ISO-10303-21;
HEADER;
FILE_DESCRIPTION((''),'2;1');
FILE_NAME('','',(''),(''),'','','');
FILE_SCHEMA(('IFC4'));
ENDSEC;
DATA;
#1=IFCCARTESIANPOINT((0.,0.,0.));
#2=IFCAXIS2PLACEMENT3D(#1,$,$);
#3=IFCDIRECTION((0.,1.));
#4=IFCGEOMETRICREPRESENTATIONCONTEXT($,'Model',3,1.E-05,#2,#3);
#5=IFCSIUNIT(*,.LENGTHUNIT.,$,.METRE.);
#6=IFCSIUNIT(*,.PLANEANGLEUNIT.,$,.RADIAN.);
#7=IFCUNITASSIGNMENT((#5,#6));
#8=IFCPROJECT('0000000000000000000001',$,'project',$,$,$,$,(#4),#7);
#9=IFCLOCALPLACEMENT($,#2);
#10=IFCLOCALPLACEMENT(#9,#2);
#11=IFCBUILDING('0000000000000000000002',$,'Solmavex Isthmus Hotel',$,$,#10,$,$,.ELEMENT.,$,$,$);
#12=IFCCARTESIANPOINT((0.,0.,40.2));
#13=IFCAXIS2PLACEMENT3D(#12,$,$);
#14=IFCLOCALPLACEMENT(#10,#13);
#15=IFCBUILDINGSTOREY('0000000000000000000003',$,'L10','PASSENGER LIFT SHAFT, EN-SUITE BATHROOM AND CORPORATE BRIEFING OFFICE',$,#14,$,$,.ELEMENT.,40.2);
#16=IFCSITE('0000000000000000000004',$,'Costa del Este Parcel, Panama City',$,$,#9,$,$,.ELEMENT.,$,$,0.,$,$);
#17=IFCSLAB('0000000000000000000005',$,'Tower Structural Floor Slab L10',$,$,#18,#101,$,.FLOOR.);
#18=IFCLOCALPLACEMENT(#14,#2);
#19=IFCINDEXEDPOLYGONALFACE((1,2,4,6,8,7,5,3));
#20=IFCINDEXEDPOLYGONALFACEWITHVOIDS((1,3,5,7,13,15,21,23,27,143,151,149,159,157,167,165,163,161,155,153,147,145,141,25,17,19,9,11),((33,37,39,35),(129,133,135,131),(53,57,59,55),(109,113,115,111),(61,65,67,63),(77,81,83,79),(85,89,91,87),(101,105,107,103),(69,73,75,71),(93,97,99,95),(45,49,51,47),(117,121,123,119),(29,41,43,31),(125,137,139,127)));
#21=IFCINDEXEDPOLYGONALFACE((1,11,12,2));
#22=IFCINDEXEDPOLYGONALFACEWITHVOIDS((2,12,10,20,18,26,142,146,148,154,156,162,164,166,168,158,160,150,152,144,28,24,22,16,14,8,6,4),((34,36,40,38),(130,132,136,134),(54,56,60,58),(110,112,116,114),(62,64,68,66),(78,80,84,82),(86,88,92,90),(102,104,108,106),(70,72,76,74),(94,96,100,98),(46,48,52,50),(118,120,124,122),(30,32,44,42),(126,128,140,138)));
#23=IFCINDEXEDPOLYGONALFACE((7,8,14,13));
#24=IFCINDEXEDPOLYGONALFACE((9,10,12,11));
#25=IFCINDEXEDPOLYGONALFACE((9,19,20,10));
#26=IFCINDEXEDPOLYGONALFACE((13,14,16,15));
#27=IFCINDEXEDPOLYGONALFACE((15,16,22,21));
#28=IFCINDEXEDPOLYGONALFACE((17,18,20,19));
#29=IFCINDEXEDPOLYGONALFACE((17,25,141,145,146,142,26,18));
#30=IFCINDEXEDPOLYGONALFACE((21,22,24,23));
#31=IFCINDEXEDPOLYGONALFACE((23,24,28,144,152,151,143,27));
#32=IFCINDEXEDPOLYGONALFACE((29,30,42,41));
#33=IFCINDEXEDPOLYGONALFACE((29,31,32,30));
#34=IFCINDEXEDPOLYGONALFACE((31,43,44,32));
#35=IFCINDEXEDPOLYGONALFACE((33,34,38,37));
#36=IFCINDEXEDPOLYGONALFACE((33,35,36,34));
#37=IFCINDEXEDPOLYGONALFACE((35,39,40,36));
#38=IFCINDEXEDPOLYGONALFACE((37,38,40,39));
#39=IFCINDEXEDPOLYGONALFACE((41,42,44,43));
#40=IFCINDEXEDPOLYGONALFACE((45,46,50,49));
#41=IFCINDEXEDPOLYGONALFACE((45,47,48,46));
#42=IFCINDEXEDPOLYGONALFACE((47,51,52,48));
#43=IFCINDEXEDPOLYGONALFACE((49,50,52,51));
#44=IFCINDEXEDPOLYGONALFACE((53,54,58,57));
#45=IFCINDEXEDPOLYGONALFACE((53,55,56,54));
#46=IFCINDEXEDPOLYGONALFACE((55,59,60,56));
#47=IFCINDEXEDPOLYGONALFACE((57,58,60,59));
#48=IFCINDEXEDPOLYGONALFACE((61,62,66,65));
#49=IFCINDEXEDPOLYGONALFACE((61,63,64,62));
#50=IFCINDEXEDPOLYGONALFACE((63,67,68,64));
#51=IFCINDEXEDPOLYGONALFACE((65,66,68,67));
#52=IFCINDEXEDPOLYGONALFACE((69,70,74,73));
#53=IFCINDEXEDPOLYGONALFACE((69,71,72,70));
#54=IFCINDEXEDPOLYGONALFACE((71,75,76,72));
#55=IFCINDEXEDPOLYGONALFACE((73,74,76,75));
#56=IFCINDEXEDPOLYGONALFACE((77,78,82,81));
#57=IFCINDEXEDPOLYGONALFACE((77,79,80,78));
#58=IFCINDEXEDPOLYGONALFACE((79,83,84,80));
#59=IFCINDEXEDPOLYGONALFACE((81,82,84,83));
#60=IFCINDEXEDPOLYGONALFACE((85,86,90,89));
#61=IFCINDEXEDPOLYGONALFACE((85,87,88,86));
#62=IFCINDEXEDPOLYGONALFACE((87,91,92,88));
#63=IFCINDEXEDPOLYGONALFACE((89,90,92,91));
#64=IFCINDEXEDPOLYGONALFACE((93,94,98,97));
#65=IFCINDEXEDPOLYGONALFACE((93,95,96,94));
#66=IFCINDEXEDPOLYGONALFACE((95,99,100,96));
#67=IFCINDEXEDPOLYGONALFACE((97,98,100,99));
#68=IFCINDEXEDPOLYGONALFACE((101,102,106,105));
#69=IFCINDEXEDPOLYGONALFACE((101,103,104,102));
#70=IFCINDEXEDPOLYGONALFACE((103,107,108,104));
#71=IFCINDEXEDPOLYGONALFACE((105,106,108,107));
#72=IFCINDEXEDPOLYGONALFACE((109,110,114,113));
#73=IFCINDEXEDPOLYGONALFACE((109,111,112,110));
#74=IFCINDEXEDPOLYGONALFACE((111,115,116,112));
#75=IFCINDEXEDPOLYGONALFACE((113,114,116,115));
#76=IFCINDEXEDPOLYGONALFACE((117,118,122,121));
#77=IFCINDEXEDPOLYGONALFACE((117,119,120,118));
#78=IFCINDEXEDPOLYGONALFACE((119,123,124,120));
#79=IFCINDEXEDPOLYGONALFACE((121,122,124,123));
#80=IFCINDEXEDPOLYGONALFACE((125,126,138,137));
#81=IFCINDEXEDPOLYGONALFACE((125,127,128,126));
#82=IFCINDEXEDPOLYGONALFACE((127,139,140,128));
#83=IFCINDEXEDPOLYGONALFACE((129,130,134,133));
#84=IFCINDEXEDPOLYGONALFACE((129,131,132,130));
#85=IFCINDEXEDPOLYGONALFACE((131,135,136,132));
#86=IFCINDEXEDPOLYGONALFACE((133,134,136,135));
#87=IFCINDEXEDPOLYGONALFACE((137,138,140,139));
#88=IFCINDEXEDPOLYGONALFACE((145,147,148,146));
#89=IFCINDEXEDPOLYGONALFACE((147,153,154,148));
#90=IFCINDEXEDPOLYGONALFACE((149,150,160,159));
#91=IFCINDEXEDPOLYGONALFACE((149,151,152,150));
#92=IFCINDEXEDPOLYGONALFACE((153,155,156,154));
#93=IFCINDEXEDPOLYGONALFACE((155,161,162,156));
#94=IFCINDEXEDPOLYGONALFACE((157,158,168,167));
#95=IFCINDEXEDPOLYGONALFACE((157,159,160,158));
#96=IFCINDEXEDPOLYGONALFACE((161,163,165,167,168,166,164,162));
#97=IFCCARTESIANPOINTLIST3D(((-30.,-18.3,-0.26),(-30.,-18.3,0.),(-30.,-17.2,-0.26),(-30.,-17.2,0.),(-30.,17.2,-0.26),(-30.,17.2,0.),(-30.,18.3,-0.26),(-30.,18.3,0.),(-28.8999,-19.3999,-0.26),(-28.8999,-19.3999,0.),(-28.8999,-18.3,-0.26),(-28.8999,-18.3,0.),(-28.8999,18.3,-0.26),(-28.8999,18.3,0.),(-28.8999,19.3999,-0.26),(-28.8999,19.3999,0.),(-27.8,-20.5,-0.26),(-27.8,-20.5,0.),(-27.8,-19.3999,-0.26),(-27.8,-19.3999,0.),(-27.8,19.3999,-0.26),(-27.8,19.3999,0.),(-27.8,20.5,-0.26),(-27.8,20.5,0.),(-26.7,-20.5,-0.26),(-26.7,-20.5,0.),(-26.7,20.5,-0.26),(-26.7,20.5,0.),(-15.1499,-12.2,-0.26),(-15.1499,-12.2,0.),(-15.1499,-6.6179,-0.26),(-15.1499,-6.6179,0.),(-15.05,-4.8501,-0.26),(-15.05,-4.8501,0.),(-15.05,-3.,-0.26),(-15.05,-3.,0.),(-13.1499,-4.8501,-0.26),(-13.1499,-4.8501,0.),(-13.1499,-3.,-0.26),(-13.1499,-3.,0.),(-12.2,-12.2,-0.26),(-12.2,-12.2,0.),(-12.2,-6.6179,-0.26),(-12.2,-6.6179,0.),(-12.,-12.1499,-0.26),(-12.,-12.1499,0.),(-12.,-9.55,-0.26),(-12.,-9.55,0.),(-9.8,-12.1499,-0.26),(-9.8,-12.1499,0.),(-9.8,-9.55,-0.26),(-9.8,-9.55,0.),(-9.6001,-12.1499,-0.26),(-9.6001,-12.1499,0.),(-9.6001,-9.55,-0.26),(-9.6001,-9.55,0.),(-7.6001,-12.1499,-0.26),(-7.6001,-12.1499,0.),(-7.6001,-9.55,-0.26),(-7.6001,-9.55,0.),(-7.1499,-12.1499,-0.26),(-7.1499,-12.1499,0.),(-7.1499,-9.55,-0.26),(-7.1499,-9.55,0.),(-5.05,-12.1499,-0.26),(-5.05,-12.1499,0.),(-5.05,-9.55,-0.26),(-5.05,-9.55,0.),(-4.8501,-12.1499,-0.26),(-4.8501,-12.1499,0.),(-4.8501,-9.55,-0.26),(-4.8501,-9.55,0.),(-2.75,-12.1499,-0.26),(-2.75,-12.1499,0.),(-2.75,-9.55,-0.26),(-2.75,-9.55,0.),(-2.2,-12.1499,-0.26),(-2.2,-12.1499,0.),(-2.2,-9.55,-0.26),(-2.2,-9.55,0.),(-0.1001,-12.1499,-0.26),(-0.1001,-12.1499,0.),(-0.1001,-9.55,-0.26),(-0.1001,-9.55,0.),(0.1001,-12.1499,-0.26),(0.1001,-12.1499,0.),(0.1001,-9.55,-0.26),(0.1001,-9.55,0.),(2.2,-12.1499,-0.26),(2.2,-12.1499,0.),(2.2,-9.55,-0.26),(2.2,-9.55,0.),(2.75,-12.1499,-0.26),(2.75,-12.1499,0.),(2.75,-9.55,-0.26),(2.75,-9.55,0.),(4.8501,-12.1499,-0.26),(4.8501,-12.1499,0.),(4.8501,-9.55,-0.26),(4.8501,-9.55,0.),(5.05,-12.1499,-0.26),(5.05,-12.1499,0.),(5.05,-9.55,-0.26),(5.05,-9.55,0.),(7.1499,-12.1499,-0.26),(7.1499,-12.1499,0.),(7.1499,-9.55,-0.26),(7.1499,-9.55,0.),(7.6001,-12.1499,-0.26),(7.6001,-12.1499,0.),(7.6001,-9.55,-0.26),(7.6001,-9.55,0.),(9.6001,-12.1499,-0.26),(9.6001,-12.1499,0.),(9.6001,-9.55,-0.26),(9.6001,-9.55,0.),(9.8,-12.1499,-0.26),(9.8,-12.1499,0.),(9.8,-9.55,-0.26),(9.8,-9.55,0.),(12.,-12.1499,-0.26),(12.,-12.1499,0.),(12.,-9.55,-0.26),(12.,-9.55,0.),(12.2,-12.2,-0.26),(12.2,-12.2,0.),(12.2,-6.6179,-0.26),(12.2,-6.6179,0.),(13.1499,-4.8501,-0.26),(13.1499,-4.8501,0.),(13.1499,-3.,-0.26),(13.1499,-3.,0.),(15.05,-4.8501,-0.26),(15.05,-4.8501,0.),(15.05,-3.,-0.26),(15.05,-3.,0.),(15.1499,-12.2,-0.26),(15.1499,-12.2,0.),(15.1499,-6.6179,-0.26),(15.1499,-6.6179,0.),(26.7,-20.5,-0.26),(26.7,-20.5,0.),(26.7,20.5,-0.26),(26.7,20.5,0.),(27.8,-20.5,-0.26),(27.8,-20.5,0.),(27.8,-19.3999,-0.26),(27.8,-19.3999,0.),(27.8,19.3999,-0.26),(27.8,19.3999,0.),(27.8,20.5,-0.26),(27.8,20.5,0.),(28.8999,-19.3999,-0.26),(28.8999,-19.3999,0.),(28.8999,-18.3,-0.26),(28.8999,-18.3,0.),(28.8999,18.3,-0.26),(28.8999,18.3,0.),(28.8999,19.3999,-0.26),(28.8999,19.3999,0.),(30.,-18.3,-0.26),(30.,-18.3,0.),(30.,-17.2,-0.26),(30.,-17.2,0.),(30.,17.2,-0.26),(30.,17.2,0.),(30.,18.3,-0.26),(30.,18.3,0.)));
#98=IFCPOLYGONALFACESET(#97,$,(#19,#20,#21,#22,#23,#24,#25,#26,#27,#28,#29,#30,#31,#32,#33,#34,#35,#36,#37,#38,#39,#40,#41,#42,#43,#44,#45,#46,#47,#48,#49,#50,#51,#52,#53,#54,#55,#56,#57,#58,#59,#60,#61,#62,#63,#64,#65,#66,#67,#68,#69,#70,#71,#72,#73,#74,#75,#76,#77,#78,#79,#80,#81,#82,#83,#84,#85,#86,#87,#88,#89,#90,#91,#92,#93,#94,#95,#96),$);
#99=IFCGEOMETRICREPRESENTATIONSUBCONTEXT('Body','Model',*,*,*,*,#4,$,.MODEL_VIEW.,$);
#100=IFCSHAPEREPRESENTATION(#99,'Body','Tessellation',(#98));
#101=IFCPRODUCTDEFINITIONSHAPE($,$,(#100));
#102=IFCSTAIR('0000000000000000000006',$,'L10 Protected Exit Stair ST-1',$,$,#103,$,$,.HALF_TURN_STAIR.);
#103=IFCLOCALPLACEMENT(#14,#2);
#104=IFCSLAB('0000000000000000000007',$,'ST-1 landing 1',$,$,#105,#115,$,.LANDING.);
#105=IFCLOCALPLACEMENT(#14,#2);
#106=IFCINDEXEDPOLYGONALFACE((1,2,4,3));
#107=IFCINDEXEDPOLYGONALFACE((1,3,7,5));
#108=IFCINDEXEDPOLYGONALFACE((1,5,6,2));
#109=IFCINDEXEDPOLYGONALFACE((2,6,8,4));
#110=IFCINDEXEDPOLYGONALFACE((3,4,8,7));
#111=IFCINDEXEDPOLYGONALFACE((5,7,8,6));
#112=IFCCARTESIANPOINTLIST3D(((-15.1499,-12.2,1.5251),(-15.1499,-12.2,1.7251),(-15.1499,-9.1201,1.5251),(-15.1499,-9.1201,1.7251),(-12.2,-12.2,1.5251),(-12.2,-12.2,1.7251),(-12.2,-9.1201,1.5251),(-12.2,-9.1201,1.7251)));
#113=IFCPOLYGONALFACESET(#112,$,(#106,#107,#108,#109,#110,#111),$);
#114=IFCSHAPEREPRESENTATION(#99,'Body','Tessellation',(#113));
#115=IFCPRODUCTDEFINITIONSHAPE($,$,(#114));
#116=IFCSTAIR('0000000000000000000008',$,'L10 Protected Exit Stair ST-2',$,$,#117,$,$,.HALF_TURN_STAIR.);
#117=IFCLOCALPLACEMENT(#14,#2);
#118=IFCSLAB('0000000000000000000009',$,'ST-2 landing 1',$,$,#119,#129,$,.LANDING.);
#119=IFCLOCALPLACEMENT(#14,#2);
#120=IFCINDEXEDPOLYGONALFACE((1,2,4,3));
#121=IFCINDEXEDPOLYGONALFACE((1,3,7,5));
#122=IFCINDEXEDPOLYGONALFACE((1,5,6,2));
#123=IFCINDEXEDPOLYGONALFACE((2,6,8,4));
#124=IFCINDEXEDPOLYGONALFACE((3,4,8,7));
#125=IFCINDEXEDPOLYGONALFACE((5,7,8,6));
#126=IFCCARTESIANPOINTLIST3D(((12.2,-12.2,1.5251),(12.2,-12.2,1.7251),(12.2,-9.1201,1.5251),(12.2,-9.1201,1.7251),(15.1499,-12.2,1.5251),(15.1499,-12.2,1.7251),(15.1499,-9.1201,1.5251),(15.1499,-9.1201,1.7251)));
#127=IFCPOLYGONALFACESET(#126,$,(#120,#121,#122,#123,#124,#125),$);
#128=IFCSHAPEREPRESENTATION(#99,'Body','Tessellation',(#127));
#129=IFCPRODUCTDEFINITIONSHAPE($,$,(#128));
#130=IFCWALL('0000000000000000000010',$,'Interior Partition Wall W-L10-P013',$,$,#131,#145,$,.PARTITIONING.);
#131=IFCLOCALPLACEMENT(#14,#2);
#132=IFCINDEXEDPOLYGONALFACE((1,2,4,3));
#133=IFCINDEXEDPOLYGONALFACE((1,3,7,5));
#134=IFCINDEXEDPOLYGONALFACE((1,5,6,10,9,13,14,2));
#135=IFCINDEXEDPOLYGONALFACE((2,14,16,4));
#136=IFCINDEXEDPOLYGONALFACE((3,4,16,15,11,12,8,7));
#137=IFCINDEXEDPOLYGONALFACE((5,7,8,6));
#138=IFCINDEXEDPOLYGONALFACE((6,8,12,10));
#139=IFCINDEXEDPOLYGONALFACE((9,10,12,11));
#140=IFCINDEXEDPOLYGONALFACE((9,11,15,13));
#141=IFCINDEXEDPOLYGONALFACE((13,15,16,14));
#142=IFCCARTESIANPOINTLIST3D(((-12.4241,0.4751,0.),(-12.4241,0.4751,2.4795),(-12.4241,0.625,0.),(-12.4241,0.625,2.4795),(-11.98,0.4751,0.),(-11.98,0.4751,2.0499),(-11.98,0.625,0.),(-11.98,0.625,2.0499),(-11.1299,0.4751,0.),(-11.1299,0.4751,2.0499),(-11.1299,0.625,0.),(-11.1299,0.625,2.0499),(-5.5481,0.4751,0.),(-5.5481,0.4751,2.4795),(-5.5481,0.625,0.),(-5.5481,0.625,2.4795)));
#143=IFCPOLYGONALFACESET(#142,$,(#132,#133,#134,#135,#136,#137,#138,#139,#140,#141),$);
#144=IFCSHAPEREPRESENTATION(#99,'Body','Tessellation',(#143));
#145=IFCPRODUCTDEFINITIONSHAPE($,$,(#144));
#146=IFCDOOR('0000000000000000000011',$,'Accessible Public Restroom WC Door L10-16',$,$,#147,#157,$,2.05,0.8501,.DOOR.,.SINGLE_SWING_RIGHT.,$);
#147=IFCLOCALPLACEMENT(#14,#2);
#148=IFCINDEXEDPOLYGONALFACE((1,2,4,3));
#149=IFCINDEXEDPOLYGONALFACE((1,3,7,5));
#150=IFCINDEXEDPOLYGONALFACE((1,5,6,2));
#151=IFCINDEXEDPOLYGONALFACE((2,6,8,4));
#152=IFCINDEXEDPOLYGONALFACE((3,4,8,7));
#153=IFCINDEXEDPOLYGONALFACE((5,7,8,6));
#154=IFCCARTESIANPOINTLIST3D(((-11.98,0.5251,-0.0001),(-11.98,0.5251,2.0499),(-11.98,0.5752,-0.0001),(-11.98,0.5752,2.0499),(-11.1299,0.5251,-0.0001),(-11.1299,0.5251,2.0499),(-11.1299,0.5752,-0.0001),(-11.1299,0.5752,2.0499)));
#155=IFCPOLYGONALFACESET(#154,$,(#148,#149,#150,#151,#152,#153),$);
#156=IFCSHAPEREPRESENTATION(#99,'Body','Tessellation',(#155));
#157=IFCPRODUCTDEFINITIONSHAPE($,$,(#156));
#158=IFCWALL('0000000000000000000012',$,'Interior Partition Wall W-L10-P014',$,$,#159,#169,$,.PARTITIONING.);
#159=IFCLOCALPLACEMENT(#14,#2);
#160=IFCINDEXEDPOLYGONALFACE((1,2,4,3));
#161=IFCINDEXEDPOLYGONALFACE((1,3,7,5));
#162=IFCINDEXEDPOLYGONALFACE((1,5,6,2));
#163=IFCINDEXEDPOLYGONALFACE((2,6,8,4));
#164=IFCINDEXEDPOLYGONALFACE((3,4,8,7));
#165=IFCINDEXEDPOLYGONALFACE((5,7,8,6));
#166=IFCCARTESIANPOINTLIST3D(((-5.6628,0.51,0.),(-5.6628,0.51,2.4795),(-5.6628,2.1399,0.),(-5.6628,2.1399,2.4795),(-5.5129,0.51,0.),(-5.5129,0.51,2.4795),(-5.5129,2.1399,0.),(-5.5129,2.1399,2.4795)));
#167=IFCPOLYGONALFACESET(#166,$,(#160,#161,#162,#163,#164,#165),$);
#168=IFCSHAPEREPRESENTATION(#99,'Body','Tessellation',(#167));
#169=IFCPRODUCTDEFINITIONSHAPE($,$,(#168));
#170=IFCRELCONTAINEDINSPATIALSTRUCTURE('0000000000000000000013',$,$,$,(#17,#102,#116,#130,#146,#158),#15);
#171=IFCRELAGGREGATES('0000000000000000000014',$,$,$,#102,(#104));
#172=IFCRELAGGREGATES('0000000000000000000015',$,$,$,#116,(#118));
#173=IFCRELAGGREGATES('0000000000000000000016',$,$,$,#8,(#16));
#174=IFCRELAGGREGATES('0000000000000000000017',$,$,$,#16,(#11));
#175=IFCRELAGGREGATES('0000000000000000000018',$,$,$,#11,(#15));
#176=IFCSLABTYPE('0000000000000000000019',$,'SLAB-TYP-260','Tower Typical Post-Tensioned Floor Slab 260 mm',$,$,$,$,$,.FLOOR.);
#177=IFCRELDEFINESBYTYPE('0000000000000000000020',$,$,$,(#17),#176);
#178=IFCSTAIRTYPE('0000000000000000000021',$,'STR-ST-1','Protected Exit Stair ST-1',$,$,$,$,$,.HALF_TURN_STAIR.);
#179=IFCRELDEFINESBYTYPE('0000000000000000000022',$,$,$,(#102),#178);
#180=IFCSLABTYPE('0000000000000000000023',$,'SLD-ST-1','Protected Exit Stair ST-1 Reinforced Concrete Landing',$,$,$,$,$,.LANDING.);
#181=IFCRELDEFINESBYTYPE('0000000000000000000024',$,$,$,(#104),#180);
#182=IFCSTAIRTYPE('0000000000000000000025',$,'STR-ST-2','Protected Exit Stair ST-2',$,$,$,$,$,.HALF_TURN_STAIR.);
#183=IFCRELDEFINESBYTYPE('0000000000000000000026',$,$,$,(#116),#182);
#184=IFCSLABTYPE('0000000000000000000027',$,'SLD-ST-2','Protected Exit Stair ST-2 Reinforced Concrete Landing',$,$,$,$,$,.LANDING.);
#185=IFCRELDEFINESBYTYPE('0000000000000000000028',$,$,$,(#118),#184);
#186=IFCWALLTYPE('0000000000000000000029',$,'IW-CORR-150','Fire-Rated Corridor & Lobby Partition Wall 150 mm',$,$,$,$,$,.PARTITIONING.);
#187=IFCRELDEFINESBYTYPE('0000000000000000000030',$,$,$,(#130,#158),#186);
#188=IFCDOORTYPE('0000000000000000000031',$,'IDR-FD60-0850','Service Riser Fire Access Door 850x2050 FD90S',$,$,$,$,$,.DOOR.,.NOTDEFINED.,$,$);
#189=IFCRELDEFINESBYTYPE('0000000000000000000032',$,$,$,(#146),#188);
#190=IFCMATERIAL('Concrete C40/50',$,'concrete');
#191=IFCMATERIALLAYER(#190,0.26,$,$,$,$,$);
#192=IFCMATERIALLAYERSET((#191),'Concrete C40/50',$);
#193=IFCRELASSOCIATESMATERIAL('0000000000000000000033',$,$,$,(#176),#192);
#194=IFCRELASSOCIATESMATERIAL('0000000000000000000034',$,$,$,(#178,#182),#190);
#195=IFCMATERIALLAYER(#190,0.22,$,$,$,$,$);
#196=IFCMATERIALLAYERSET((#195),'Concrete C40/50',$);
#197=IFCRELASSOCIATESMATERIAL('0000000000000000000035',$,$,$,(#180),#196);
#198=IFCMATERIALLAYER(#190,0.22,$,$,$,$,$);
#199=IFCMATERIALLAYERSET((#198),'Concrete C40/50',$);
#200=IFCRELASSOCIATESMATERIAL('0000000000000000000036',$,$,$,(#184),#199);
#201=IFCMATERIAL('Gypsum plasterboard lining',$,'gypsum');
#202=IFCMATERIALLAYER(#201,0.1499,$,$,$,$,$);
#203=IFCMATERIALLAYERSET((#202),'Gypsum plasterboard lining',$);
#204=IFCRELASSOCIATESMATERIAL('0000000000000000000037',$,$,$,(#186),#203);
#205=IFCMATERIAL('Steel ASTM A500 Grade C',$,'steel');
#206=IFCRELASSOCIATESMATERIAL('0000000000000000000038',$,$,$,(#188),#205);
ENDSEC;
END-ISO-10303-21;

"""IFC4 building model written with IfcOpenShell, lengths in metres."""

from ifc_helpers import new_model, si_unit, direction, frame, frame_2d, origin, place, context, subcontext, project, spatial, polyline, rectangle, outline, extrude, material, layer, layer_set, type_object, element, fill, aggregate, save


model = new_model("IFC4")

# Units and contexts
model_context = context("Model", 3, precision=1e-05, world=origin(), true_north=direction((0.0, 1.0)))
body_context = subcontext(model_context, "Body", "Model", "MODEL_VIEW")
ifc_project = project(units=[si_unit("LENGTHUNIT", "METRE"), si_unit("PLANEANGLEUNIT", "RADIAN")], contexts=[model_context])

# Site, building, storey
site_placement = place(None, origin())
site = spatial("IfcSite", under=ifc_project, at=site_placement, Name="Costa del Este Parcel, Panama City", CompositionType="ELEMENT", RefElevation=0.0)
building_placement = place(site_placement, origin())
building = spatial("IfcBuilding", under=site, at=building_placement, Name="Solmavex Isthmus Hotel", CompositionType="ELEMENT")
storey_placement = place(building_placement, frame((0.0, 0.0, 40.2)))
storey = spatial("IfcBuildingStorey", under=building, at=storey_placement, Name="L10", Description="PASSENGER LIFT SHAFT, EN-SUITE BATHROOM AND CORPORATE BRIEFING OFFICE", CompositionType="ELEMENT", Elevation=40.2)

# Slab
ifc_material_1 = material(Name="Concrete C40/50", Category="concrete")
ifc_layer_1 = layer(ifc_material_1, 0.26)
ifc_layer_set_1 = layer_set([ifc_layer_1], Name="Concrete C40/50")
slab_type_1 = type_object("IfcSlabType", Name="SLAB-TYP-260", Description="Tower Typical Post-Tensioned Floor Slab 260 mm", PredefinedType="FLOOR", material=ifc_layer_set_1)
slab_1_placement = place(storey_placement, frame((0.0, 0.0, -0.26)))
element("IfcSlab", 1, at=slab_1_placement, inside=storey, type_object=slab_type_1, Name="Tower Structural Floor Slab L10", PredefinedType="FLOOR", context=body_context, shape_type="SweptSolid", body=[
    extrude(outline(polyline([(-26.7, -20.5), (26.7, -20.5), (27.8, -20.5), (27.8, -19.3999), (28.8999, -19.3999), (28.8999, -18.3), (30.0, -18.3), (30.0, -17.2), (30.0, 17.2), (30.0, 18.3), (28.8999, 18.3), (28.8999, 19.3999), (27.8, 19.3999), (27.8, 20.5), (26.7, 20.5), (-26.7, 20.5), (-27.8, 20.5), (-27.8, 19.3999), (-28.8999, 19.3999), (-28.8999, 18.3), (-30.0, 18.3), (-30.0, 17.2), (-30.0, -17.2), (-30.0, -18.3), (-28.8999, -18.3), (-28.8999, -19.3999), (-27.8, -19.3999), (-27.8, -20.5), (-26.7, -20.5)]), holes=[polyline([(-15.1499, -6.6179), (-15.1499, -12.2), (-12.2, -12.2), (-12.2, -6.6179), (-15.1499, -6.6179)]), polyline([(12.2, -6.6179), (12.2, -12.2), (15.1499, -12.2), (15.1499, -6.6179), (12.2, -6.6179)]), polyline([(-12.0, -12.1499), (-9.8, -12.1499), (-9.8, -9.55), (-12.0, -9.55), (-12.0, -12.1499)]), polyline([(9.8, -12.1499), (12.0, -12.1499), (12.0, -9.55), (9.8, -9.55), (9.8, -12.1499)]), polyline([(-9.6001, -12.1499), (-7.6001, -12.1499), (-7.6001, -9.55), (-9.6001, -9.55), (-9.6001, -12.1499)]), polyline([(7.6001, -12.1499), (9.6001, -12.1499), (9.6001, -9.55), (7.6001, -9.55), (7.6001, -12.1499)]), polyline([(-7.1499, -12.1499), (-5.05, -12.1499), (-5.05, -9.55), (-7.1499, -9.55), (-7.1499, -12.1499)]), polyline([(-4.8501, -12.1499), (-2.75, -12.1499), (-2.75, -9.55), (-4.8501, -9.55), (-4.8501, -12.1499)]), polyline([(-2.2, -12.1499), (-0.1001, -12.1499), (-0.1001, -9.55), (-2.2, -9.55), (-2.2, -12.1499)]), polyline([(0.1001, -12.1499), (2.2, -12.1499), (2.2, -9.55), (0.1001, -9.55), (0.1001, -12.1499)]), polyline([(2.75, -12.1499), (4.8501, -12.1499), (4.8501, -9.55), (2.75, -9.55), (2.75, -12.1499)]), polyline([(5.05, -12.1499), (7.1499, -12.1499), (7.1499, -9.55), (5.05, -9.55), (5.05, -12.1499)]), polyline([(-15.05, -4.8501), (-13.1499, -4.8501), (-13.1499, -3.0), (-15.05, -3.0), (-15.05, -4.8501)]), polyline([(13.1499, -4.8501), (15.05, -4.8501), (15.05, -3.0), (13.1499, -3.0), (13.1499, -4.8501)])]), origin(), (0.0, 0.0, 1.0), 0.26),
])

# Stairs, slabs
stair_type_1 = type_object("IfcStairType", Name="STR-ST-1", Description="Protected Exit Stair ST-1", PredefinedType="HALF_TURN_STAIR", material=ifc_material_1)
stair_1_placement = place(storey_placement, origin())
stair_1 = element("IfcStair", 2, at=stair_1_placement, inside=storey, type_object=stair_type_1, Name="L10 Protected Exit Stair ST-1", PredefinedType="HALF_TURN_STAIR")
ifc_layer_2 = layer(ifc_material_1, 0.22)
ifc_layer_set_2 = layer_set([ifc_layer_2], Name="Concrete C40/50")
slab_type_2 = type_object("IfcSlabType", Name="SLD-ST-1", Description="Protected Exit Stair ST-1 Reinforced Concrete Landing", PredefinedType="LANDING", material=ifc_layer_set_2)
slab_2_placement = place(storey_placement, frame((0.0, 0.0, 1.5251)))
slab_2 = element("IfcSlab", 3, at=slab_2_placement, type_object=slab_type_2, Name="ST-1 landing 1", PredefinedType="LANDING", context=body_context, shape_type="SweptSolid", body=[
    extrude(outline(polyline([(-15.1499, -9.1201), (-15.1499, -12.2), (-12.2, -12.2), (-12.2, -9.1201), (-15.1499, -9.1201)])), origin(), (0.0, 0.0, 1.0), 0.2),
])
aggregate(stair_1, [slab_2])
stair_type_2 = type_object("IfcStairType", Name="STR-ST-2", Description="Protected Exit Stair ST-2", PredefinedType="HALF_TURN_STAIR", material=ifc_material_1)
stair_2_placement = place(storey_placement, origin())
stair_2 = element("IfcStair", 4, at=stair_2_placement, inside=storey, type_object=stair_type_2, Name="L10 Protected Exit Stair ST-2", PredefinedType="HALF_TURN_STAIR")
ifc_layer_3 = layer(ifc_material_1, 0.22)
ifc_layer_set_3 = layer_set([ifc_layer_3], Name="Concrete C40/50")
slab_type_3 = type_object("IfcSlabType", Name="SLD-ST-2", Description="Protected Exit Stair ST-2 Reinforced Concrete Landing", PredefinedType="LANDING", material=ifc_layer_set_3)
slab_3_placement = place(storey_placement, frame((0.0, 0.0, 1.5251)))
slab_3 = element("IfcSlab", 5, at=slab_3_placement, type_object=slab_type_3, Name="ST-2 landing 1", PredefinedType="LANDING", context=body_context, shape_type="SweptSolid", body=[
    extrude(outline(polyline([(12.2, -9.1201), (12.2, -12.2), (15.1499, -12.2), (15.1499, -9.1201), (12.2, -9.1201)])), origin(), (0.0, 0.0, 1.0), 0.2),
])
aggregate(stair_2, [slab_3])

# Wall, opening, door
ifc_material_2 = material(Name="Gypsum plasterboard lining", Category="gypsum")
ifc_layer_4 = layer(ifc_material_2, 0.1499)
ifc_layer_set_4 = layer_set([ifc_layer_4], Name="Gypsum plasterboard lining")
wall_type = type_object("IfcWallType", Name="IW-CORR-150", Description="Fire-Rated Corridor & Lobby Partition Wall 150 mm", PredefinedType="PARTITIONING", material=ifc_layer_set_4)
wall_1_placement = place(storey_placement, frame((-12.4241, 0.55, 0.0), z_axis=(0.0, 0.0, 1.0), x_axis=(1.0, 0.0, 0.0)))
wall_1 = element("IfcWall", 6, at=wall_1_placement, inside=storey, type_object=wall_type, Name="Interior Partition Wall W-L10-P013", PredefinedType="PARTITIONING", context=body_context, shape_type="SweptSolid", body=[
    extrude(rectangle(XDim=6.876, YDim=0.1499, at=frame_2d((3.438, 0.0))), origin(), (0.0, 0.0, 1.0), 2.4795),
])
opening_1_placement = place(wall_1_placement, frame((0.4441, 0.0, 0.0)))
opening_1 = element("IfcOpeningElement", 7, at=opening_1_placement, cuts=wall_1, PredefinedType="OPENING", context=body_context, shape_type="SweptSolid", body=[
    extrude(rectangle(XDim=0.8501, YDim=2.05, at=frame_2d((0.425, 1.0249))), frame((0.0, 0.085, 0.0), z_axis=(0.0, -1.0, 0.0), x_axis=(1.0, 0.0, 0.0)), (0.0, 0.0, 1.0), 0.1699),
])
ifc_material_3 = material(Name="Steel ASTM A500 Grade C", Category="steel")
door_type_1 = type_object("IfcDoorType", Name="IDR-FD60-0850", Description="Service Riser Fire Access Door 850x2050 FD90S", OperationType="NOTDEFINED", PredefinedType="DOOR", material=ifc_material_3)
door_1_placement = place(opening_1_placement, frame((0.8501, 0.0, 0.0), z_axis=(0.0, 0.0, 1.0), x_axis=(-1.0, 0.0, 0.0)))
door_1 = element("IfcDoor", 8, at=door_1_placement, inside=storey, type_object=door_type_1, Name="Accessible Public Restroom WC Door L10-16", OperationType="SINGLE_SWING_RIGHT", OverallHeight=2.05, OverallWidth=0.8501, PredefinedType="DOOR", context=body_context, shape_type="SweptSolid", body=[
    extrude(rectangle(XDim=0.8501, YDim=2.05, at=frame_2d((0.425, 1.0249))), frame((0.0, 0.0249, 0.0), z_axis=(0.0, -1.0, 0.0), x_axis=(1.0, 0.0, 0.0)), (0.0, 0.0, 1.0), 0.05),
])
fill(opening_1, door_1)

# Wall
wall_2_placement = place(storey_placement, frame((-5.5879, 0.51, 0.0), z_axis=(0.0, 0.0, 1.0), x_axis=(0.0, 1.0, 0.0)))
element("IfcWall", 9, at=wall_2_placement, inside=storey, type_object=wall_type, Name="Interior Partition Wall W-L10-P014", PredefinedType="PARTITIONING", context=body_context, shape_type="SweptSolid", body=[
    extrude(rectangle(XDim=1.6299, YDim=0.1499, at=frame_2d((0.8149, 0.0))), origin(), (0.0, 0.0, 1.0), 2.4795),
])

save(model, "model.ifc")
